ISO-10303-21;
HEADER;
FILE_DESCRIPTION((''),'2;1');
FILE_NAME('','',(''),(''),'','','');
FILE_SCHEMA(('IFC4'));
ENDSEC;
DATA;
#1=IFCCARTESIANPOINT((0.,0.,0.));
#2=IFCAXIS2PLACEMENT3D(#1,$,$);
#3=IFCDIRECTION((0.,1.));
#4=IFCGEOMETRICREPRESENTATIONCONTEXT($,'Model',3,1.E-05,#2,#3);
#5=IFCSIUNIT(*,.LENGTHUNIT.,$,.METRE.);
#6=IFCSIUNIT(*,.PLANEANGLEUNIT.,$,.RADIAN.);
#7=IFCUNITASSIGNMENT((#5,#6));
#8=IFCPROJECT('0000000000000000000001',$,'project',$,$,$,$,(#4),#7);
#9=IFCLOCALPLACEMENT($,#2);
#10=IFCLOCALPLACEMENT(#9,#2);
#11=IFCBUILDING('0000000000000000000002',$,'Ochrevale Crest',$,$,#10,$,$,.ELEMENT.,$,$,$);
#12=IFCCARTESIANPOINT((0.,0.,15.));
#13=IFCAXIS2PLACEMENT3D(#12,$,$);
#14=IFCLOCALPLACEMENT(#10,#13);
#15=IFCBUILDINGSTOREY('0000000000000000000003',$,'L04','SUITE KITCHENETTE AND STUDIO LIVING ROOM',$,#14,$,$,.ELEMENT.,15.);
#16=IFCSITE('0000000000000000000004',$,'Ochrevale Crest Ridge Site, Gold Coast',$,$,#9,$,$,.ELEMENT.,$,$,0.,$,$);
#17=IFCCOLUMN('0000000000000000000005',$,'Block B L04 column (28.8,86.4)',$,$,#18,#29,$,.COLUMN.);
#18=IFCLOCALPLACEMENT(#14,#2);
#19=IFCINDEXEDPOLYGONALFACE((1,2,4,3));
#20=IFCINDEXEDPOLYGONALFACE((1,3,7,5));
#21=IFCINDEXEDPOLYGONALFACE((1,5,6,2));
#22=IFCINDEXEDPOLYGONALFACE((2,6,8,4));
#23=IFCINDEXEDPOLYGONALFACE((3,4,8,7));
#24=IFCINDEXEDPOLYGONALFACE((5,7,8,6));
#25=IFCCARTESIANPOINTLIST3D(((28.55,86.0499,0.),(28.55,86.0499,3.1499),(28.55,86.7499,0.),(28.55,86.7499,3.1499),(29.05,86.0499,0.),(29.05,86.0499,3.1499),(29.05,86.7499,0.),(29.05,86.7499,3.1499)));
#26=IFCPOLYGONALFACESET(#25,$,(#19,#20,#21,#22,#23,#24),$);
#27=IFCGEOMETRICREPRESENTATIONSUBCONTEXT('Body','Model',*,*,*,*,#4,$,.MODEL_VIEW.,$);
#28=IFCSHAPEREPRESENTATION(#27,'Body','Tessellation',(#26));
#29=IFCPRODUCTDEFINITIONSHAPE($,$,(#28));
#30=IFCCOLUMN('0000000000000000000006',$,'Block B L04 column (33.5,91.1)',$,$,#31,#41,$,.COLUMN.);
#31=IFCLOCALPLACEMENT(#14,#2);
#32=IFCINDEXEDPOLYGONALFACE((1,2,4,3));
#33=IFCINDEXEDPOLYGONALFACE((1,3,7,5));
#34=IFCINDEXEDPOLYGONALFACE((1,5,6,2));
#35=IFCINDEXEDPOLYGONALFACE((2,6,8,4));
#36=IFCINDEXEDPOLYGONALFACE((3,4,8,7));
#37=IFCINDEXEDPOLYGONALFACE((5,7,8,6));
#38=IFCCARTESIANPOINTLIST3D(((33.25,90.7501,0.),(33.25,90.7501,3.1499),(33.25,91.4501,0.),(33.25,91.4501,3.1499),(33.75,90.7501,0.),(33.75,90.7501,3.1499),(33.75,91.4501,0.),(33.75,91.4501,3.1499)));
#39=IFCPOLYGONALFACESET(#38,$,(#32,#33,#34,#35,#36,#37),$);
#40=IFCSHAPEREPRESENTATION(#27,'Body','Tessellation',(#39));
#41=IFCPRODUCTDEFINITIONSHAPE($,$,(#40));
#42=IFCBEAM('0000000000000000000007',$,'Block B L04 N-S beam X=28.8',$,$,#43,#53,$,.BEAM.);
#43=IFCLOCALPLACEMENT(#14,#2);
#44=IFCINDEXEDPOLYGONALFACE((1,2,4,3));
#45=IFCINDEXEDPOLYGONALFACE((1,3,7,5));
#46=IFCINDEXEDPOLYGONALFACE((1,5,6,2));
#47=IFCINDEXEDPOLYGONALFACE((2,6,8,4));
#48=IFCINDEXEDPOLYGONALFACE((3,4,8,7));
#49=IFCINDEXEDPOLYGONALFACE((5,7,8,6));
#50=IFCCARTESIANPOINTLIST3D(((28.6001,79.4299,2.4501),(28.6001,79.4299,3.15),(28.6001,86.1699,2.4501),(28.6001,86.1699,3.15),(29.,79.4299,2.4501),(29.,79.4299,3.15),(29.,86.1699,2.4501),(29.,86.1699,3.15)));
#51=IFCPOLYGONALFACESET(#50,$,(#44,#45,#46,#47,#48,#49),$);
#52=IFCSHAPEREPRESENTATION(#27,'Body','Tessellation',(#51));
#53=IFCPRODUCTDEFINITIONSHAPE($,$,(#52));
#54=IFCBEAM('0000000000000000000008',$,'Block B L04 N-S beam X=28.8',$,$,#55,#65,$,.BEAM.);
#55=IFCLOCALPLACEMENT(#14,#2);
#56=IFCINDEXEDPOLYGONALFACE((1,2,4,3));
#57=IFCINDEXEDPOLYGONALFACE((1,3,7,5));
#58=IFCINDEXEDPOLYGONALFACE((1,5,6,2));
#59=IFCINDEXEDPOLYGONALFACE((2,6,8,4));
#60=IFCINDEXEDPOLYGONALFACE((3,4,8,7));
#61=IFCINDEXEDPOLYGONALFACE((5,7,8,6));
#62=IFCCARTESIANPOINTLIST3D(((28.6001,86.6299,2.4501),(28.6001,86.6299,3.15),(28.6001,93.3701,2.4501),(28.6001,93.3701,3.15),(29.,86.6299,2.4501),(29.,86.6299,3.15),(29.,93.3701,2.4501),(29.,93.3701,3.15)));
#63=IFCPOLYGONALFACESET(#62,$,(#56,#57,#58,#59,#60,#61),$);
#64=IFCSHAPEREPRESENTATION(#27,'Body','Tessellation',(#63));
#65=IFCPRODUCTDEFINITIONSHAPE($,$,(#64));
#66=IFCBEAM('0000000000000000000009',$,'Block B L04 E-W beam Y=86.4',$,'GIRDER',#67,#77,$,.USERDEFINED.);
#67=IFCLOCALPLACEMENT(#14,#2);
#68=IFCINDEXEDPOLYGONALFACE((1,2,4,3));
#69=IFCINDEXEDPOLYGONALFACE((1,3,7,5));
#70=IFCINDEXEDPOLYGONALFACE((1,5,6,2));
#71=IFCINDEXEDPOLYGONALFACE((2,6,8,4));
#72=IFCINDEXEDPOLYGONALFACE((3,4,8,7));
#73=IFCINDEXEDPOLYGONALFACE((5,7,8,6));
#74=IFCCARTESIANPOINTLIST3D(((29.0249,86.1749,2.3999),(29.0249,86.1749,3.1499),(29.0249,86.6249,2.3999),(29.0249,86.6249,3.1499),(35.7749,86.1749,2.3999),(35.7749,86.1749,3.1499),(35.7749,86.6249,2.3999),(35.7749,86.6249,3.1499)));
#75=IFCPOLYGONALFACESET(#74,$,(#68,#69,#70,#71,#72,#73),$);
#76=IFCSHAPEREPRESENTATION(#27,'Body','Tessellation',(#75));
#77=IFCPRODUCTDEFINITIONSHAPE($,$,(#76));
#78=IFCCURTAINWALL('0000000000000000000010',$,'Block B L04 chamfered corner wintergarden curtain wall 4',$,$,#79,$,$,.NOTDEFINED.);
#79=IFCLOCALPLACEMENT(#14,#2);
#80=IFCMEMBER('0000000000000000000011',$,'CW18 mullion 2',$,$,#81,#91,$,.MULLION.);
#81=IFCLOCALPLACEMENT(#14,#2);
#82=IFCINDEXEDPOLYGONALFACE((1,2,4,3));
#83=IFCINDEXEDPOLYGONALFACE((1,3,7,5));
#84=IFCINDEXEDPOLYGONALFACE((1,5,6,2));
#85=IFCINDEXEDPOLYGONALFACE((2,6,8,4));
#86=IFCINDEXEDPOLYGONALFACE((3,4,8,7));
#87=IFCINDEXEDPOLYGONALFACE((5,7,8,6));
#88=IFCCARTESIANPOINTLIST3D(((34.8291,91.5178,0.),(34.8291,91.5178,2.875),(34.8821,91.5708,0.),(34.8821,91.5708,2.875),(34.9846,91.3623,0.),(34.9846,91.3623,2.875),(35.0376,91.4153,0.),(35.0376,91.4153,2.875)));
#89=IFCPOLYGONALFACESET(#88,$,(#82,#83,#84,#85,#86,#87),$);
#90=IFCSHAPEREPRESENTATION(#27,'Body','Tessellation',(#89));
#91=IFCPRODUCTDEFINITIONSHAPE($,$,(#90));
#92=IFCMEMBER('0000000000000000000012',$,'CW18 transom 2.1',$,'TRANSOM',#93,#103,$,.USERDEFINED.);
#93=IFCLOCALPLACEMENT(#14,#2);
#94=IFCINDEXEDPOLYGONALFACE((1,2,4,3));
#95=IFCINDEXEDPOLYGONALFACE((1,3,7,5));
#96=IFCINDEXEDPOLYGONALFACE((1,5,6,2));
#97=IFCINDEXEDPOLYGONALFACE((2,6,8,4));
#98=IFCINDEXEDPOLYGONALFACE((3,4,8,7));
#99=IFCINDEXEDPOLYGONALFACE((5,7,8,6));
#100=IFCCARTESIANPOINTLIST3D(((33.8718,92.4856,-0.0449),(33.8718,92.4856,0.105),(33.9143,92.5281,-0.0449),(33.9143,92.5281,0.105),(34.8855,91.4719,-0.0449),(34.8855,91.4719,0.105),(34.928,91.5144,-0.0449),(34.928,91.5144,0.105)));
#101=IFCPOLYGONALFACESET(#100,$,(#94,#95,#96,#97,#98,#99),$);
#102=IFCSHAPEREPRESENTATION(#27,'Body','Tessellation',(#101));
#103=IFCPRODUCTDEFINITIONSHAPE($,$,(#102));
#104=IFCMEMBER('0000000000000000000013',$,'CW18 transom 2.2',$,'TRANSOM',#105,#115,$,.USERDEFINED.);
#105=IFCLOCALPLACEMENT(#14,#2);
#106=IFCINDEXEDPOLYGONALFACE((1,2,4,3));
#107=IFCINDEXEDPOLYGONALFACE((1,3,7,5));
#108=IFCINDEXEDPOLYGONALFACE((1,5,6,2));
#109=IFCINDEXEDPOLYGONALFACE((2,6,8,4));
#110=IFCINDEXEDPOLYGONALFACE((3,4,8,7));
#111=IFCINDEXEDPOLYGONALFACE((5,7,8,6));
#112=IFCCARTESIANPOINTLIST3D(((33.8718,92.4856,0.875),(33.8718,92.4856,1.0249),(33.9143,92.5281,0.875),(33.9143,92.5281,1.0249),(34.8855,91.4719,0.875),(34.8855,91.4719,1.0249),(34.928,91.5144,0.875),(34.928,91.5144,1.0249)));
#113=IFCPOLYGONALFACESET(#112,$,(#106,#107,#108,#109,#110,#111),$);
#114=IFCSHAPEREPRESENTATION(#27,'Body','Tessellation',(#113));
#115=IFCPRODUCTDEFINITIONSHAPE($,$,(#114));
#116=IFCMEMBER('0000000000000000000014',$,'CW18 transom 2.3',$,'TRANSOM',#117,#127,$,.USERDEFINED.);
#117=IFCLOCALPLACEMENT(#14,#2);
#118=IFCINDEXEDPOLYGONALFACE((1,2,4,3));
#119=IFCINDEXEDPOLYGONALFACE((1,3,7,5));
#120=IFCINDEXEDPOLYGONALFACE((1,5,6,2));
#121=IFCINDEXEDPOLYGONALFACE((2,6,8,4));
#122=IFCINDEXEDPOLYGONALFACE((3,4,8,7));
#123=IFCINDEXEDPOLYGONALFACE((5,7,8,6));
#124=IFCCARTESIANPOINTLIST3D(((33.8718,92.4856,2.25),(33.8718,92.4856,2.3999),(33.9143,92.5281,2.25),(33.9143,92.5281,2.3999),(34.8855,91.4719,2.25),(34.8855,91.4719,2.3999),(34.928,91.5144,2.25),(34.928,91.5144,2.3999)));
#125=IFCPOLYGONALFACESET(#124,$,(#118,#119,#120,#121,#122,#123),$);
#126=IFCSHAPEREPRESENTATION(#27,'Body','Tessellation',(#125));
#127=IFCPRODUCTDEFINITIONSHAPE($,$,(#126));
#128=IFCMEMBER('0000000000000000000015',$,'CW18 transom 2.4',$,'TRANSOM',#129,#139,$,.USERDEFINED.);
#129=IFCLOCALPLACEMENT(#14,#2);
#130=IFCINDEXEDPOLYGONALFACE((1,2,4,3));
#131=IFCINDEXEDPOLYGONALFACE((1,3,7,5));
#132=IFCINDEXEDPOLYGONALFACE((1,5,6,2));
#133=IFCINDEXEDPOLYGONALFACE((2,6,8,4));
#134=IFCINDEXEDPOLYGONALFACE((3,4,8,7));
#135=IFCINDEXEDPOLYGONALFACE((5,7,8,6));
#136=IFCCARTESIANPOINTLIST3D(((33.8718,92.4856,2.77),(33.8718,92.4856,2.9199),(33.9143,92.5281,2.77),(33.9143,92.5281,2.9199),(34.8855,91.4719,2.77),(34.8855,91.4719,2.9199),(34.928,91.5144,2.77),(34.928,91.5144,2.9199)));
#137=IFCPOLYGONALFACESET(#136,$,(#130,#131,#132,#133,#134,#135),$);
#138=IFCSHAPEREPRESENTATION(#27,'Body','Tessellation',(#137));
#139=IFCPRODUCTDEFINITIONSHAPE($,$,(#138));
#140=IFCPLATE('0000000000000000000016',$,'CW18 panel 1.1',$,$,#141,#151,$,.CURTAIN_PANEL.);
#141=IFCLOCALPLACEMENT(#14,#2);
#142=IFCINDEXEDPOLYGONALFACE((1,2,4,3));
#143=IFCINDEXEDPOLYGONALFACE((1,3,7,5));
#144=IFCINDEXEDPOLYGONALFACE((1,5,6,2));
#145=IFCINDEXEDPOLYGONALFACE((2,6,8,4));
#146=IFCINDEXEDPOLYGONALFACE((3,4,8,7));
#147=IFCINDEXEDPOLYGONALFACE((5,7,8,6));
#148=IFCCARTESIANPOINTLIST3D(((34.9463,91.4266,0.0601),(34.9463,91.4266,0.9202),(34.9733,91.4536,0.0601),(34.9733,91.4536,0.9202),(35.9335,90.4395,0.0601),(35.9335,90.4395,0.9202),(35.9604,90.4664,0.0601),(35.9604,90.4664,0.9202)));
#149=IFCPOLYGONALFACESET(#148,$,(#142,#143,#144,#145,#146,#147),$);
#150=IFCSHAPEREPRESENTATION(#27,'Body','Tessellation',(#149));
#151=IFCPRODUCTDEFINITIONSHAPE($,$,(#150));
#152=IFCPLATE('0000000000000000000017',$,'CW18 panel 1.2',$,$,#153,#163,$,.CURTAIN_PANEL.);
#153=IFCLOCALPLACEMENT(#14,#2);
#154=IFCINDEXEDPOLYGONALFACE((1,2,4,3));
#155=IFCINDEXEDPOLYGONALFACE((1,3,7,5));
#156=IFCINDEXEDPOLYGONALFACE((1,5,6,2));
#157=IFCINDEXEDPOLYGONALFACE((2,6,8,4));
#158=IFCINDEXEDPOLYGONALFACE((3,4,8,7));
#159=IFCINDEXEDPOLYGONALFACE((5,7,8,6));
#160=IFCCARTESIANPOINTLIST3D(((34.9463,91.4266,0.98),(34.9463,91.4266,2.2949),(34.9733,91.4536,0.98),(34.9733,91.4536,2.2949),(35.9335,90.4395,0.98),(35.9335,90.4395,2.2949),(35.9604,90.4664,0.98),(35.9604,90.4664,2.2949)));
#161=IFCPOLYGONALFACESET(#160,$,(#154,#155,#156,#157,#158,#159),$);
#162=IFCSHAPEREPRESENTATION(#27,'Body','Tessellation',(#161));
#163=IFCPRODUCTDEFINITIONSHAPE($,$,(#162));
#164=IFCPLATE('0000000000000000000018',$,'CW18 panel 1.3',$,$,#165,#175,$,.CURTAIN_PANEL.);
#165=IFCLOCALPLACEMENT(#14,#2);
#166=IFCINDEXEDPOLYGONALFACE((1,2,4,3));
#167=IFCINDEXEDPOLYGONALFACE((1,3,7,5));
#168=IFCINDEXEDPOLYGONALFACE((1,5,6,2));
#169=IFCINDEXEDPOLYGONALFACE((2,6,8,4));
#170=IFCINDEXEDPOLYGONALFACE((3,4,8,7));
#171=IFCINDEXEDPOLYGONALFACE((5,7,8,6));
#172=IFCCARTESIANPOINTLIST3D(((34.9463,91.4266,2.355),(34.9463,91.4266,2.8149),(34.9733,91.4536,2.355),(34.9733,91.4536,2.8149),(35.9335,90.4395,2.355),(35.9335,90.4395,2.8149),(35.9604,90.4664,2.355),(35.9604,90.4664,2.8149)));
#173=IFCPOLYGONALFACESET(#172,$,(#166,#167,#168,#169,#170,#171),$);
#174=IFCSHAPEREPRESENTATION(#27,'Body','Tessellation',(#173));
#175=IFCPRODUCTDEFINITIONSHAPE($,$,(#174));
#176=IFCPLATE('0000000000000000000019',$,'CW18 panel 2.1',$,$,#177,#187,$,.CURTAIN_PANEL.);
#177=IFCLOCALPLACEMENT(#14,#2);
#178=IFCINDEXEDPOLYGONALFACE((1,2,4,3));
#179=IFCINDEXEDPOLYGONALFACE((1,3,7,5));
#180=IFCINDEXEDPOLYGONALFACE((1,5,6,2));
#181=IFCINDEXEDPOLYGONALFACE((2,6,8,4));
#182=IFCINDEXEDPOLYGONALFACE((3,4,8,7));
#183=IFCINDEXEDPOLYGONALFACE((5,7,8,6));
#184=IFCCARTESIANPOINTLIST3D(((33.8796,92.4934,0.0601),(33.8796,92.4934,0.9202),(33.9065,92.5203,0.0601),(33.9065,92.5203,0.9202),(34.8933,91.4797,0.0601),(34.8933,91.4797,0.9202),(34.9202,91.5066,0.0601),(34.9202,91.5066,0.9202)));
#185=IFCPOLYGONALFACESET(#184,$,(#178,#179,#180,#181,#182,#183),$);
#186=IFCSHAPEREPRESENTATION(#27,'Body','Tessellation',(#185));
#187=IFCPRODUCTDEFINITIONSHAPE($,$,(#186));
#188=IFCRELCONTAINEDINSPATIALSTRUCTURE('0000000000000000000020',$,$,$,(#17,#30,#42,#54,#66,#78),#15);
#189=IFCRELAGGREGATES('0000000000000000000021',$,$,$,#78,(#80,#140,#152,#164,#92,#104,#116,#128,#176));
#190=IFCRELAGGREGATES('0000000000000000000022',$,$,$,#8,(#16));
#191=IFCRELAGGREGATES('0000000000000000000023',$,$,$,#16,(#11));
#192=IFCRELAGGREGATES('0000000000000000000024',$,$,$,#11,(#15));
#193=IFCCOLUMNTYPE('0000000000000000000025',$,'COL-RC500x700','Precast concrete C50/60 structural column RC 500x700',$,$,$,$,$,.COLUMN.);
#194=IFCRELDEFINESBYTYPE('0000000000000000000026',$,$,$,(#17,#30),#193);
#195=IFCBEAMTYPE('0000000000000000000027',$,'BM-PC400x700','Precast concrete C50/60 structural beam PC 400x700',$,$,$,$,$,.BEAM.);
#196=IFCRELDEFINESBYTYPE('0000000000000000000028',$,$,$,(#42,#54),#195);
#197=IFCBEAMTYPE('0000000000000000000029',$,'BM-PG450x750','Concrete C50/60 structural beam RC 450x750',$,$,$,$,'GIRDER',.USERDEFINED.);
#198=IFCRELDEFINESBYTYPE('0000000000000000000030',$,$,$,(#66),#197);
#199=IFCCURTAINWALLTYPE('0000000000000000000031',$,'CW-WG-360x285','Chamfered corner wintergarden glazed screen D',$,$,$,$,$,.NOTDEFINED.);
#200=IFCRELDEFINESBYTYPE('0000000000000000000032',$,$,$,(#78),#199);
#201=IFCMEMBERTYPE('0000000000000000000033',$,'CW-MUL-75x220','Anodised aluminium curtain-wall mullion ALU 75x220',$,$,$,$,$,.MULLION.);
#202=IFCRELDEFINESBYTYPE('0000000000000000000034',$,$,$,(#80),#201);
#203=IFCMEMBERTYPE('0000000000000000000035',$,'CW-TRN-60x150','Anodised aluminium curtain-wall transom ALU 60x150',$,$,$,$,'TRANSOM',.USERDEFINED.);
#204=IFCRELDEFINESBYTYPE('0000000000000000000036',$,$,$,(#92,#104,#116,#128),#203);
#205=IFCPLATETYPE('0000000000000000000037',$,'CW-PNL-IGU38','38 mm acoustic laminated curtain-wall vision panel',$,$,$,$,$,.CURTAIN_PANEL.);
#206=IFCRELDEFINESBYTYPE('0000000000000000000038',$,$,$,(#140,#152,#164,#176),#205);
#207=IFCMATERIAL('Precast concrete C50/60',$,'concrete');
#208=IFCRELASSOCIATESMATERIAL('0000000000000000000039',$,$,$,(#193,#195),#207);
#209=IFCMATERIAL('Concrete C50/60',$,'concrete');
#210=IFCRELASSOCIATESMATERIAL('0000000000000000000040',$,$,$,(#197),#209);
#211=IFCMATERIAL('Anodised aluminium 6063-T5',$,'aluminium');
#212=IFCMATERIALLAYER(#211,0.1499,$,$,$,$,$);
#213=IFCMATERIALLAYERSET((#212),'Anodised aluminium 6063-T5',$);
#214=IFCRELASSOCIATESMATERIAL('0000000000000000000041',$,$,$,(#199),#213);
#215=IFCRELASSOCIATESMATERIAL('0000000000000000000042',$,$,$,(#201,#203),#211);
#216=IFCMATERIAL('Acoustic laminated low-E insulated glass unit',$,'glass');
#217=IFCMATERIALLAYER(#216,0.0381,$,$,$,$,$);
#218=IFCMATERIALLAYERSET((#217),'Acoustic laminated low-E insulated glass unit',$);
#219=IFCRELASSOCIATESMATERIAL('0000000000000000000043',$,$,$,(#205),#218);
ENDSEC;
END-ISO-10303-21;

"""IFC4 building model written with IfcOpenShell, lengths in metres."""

from ifc_helpers import new_model, si_unit, direction, frame, origin, origin_2d, place, context, subcontext, project, spatial, rectangle, extrude, material, layer, layer_set, material_profile, profile_set, type_object, element, aggregate, save


model = new_model("IFC4")

# Units and contexts
model_context = context("Model", 3, precision=1e-05, world=origin(), true_north=direction((0.0, 1.0)))
body_context = subcontext(model_context, "Body", "Model", "MODEL_VIEW")
ifc_project = project(units=[si_unit("LENGTHUNIT", "METRE"), si_unit("PLANEANGLEUNIT", "RADIAN")], contexts=[model_context])

# Site, building, storey
site_placement = place(None, origin())
site = spatial("IfcSite", under=ifc_project, at=site_placement, Name="Ochrevale Crest Ridge Site, Gold Coast", CompositionType="ELEMENT", RefElevation=0.0)
building_placement = place(site_placement, origin())
building = spatial("IfcBuilding", under=site, at=building_placement, Name="Ochrevale Crest", CompositionType="ELEMENT")
storey_placement = place(building_placement, frame((0.0, 0.0, 15.0)))
storey = spatial("IfcBuildingStorey", under=building, at=storey_placement, Name="L04", Description="SUITE KITCHENETTE AND STUDIO LIVING ROOM", CompositionType="ELEMENT", Elevation=15.0)

# Columns
ifc_material_1 = material(Name="Precast concrete C50/60", Category="concrete")
ifc_material_profile_1 = material_profile(ifc_material_1, rectangle(XDim=0.5, YDim=0.7, at=origin_2d()), Name="RC 500x700")
ifc_profile_set_1 = profile_set([ifc_material_profile_1], Name="Precast concrete C50/60")
column_type = type_object("IfcColumnType", Name="COL-RC500x700", Description="Precast concrete C50/60 structural column RC 500x700", PredefinedType="COLUMN", material=ifc_profile_set_1)
for number, where, z_axis, x_axis, name in (
    (1, (28.8, 86.3999, 0.0), (0.0, 0.0, 1.0), (1.0, 0.0, 0.0), "Block B L04 column (28.8,86.4)"),
    (2, (33.5, 91.1001, 0.0), (0.0, 0.0, 1.0), (1.0, 0.0, 0.0), "Block B L04 column (33.5,91.1)"),
):
    element("IfcColumn", number, at=place(storey_placement, frame(where, z_axis=z_axis, x_axis=x_axis)), inside=storey, type_object=column_type, Name=name, PredefinedType="COLUMN", context=body_context, shape_type="SweptSolid", body=[
        extrude(rectangle(XDim=0.5, YDim=0.7, at=origin_2d()), origin(), (0.0, 0.0, 1.0), 3.1499),
    ])

# Beams
ifc_material_profile_2 = material_profile(ifc_material_1, rectangle(XDim=0.3999, YDim=0.7, at=origin_2d()), Name="PC 400x700")
ifc_profile_set_2 = profile_set([ifc_material_profile_2], Name="Precast concrete C50/60")
beam_type_1 = type_object("IfcBeamType", Name="BM-PC400x700", Description="Precast concrete C50/60 structural beam PC 400x700", PredefinedType="BEAM", material=ifc_profile_set_2)
beam_1_placement = place(storey_placement, frame((28.8, 79.4299, 2.8), z_axis=(0.0, 1.0, 0.0), x_axis=(-1.0, 0.0, 0.0)))
element("IfcBeam", 3, at=beam_1_placement, inside=storey, type_object=beam_type_1, Name="Block B L04 N-S beam X=28.8", PredefinedType="BEAM", context=body_context, shape_type="SweptSolid", body=[
    extrude(rectangle(XDim=0.3999, YDim=0.7, at=origin_2d()), origin(), (0.0, 0.0, 1.0), 6.74),
])
beam_2_placement = place(storey_placement, frame((28.8, 86.6299, 2.8), z_axis=(0.0, 1.0, 0.0), x_axis=(-1.0, 0.0, 0.0)))
element("IfcBeam", 4, at=beam_2_placement, inside=storey, type_object=beam_type_1, Name="Block B L04 N-S beam X=28.8", PredefinedType="BEAM", context=body_context, shape_type="SweptSolid", body=[
    extrude(rectangle(XDim=0.3999, YDim=0.7, at=origin_2d()), origin(), (0.0, 0.0, 1.0), 6.7402),
])
ifc_material_2 = material(Name="Concrete C50/60", Category="concrete")
ifc_material_profile_3 = material_profile(ifc_material_2, rectangle(XDim=0.45, YDim=0.75, at=origin_2d()), Name="RC 450x750")
ifc_profile_set_3 = profile_set([ifc_material_profile_3], Name="Concrete C50/60")
beam_type_2 = type_object("IfcBeamType", Name="BM-PG450x750", Description="Concrete C50/60 structural beam RC 450x750", ElementType="GIRDER", PredefinedType="USERDEFINED", material=ifc_profile_set_3)
beam_3_placement = place(storey_placement, frame((29.0249, 86.3999, 2.7749), z_axis=(1.0, 0.0, 0.0), x_axis=(0.0, 1.0, 0.0)))
element("IfcBeam", 5, at=beam_3_placement, inside=storey, type_object=beam_type_2, Name="Block B L04 E-W beam Y=86.4", ObjectType="GIRDER", PredefinedType="USERDEFINED", context=body_context, shape_type="SweptSolid", body=[
    extrude(rectangle(XDim=0.45, YDim=0.75, at=origin_2d()), origin(), (0.0, 0.0, 1.0), 6.75),
])

# Curtain wall, members, plates
ifc_material_3 = material(Name="Anodised aluminium 6063-T5", Category="aluminium")
ifc_layer_1 = layer(ifc_material_3, 0.1499)
ifc_layer_set_1 = layer_set([ifc_layer_1], Name="Anodised aluminium 6063-T5")
curtain_wall_type = type_object("IfcCurtainWallType", Name="CW-WG-360x285", Description="Chamfered corner wintergarden glazed screen D", PredefinedType="NOTDEFINED", material=ifc_layer_set_1)
curtain_wall_placement = place(storey_placement, origin())
curtain_wall = element("IfcCurtainWall", 6, at=curtain_wall_placement, inside=storey, type_object=curtain_wall_type, Name="Block B L04 chamfered corner wintergarden curtain wall 4", PredefinedType="NOTDEFINED")
ifc_material_profile_4 = material_profile(ifc_material_3, rectangle(XDim=0.075, YDim=0.22, at=origin_2d()), Name="ALU 75x220")
ifc_profile_set_4 = profile_set([ifc_material_profile_4], Name="Anodised aluminium 6063-T5")
member_type_1 = type_object("IfcMemberType", Name="CW-MUL-75x220", Description="Anodised aluminium curtain-wall mullion ALU 75x220", PredefinedType="MULLION", material=ifc_profile_set_4)
member_1_placement = place(storey_placement, frame((34.9333, 91.4666, 0.0), z_axis=(0.0, 0.0, 1.0), x_axis=(-0.707107, -0.707107, 0.0)))
member_1 = element("IfcMember", 7, at=member_1_placement, type_object=member_type_1, Name="CW18 mullion 2", PredefinedType="MULLION", context=body_context, shape_type="SweptSolid", body=[
    extrude(rectangle(XDim=0.075, YDim=0.22, at=origin_2d()), origin(), (0.0, 0.0, 1.0), 2.875),
])
ifc_material_profile_5 = material_profile(ifc_material_3, rectangle(XDim=0.0601, YDim=0.1499, at=origin_2d()), Name="ALU 60x150")
ifc_profile_set_5 = profile_set([ifc_material_profile_5], Name="Anodised aluminium 6063-T5")
member_type_2 = type_object("IfcMemberType", Name="CW-TRN-60x150", Description="Anodised aluminium curtain-wall transom ALU 60x150", ElementType="TRANSOM", PredefinedType="USERDEFINED", material=ifc_profile_set_5)
member_2_placement = place(storey_placement, frame((34.9067, 91.4932, 0.03), z_axis=(-0.707107, 0.707107, 0.0), x_axis=(-0.707107, -0.707107, 0.0)))
member_2 = element("IfcMember", 8, at=member_2_placement, type_object=member_type_2, Name="CW18 transom 2.1", ObjectType="TRANSOM", PredefinedType="USERDEFINED", context=body_context, shape_type="SweptSolid", body=[
    extrude(rectangle(XDim=0.0601, YDim=0.1499, at=origin_2d()), origin(), (0.0, 0.0, 1.0), 1.4336),
])
member_3_placement = place(storey_placement, frame((34.9067, 91.4932, 0.95), z_axis=(-0.707107, 0.707107, 0.0), x_axis=(-0.707107, -0.707107, 0.0)))
member_3 = element("IfcMember", 9, at=member_3_placement, type_object=member_type_2, Name="CW18 transom 2.2", ObjectType="TRANSOM", PredefinedType="USERDEFINED", context=body_context, shape_type="SweptSolid", body=[
    extrude(rectangle(XDim=0.0601, YDim=0.1499, at=origin_2d()), origin(), (0.0, 0.0, 1.0), 1.4336),
])
member_4_placement = place(storey_placement, frame((34.9067, 91.4932, 2.325), z_axis=(-0.707107, 0.707107, 0.0), x_axis=(-0.707107, -0.707107, 0.0)))
member_4 = element("IfcMember", 10, at=member_4_placement, type_object=member_type_2, Name="CW18 transom 2.3", ObjectType="TRANSOM", PredefinedType="USERDEFINED", context=body_context, shape_type="SweptSolid", body=[
    extrude(rectangle(XDim=0.0601, YDim=0.1499, at=origin_2d()), origin(), (0.0, 0.0, 1.0), 1.4336),
])
member_5_placement = place(storey_placement, frame((34.9067, 91.4932, 2.845), z_axis=(-0.707107, 0.707107, 0.0), x_axis=(-0.707107, -0.707107, 0.0)))
member_5 = element("IfcMember", 11, at=member_5_placement, type_object=member_type_2, Name="CW18 transom 2.4", ObjectType="TRANSOM", PredefinedType="USERDEFINED", context=body_context, shape_type="SweptSolid", body=[
    extrude(rectangle(XDim=0.0601, YDim=0.1499, at=origin_2d()), origin(), (0.0, 0.0, 1.0), 1.4336),
])
ifc_material_4 = material(Name="Acoustic laminated low-E insulated glass unit", Category="glass")
ifc_layer_2 = layer(ifc_material_4, 0.0381)
ifc_layer_set_2 = layer_set([ifc_layer_2], Name="Acoustic laminated low-E insulated glass unit")
plate_type = type_object("IfcPlateType", Name="CW-PNL-IGU38", Description="38 mm acoustic laminated curtain-wall vision panel", PredefinedType="CURTAIN_PANEL", material=ifc_layer_set_2)
plate_1_placement = place(storey_placement, frame((35.4534, 90.9465, 0.0601), z_axis=(0.0, 0.0, 1.0), x_axis=(-0.707107, 0.707107, 0.0)))
plate_1 = element("IfcPlate", 12, at=plate_1_placement, type_object=plate_type, Name="CW18 panel 1.1", PredefinedType="CURTAIN_PANEL", context=body_context, shape_type="SweptSolid", body=[
    extrude(rectangle(XDim=1.396, YDim=0.0381, at=origin_2d()), origin(), (0.0, 0.0, 1.0), 0.8601),
])
plate_2_placement = place(storey_placement, frame((35.4534, 90.9465, 0.98), z_axis=(0.0, 0.0, 1.0), x_axis=(-0.707107, 0.707107, 0.0)))
plate_2 = element("IfcPlate", 13, at=plate_2_placement, type_object=plate_type, Name="CW18 panel 1.2", PredefinedType="CURTAIN_PANEL", context=body_context, shape_type="SweptSolid", body=[
    extrude(rectangle(XDim=1.396, YDim=0.0381, at=origin_2d()), origin(), (0.0, 0.0, 1.0), 1.3149),
])
plate_3_placement = place(storey_placement, frame((35.4534, 90.9465, 2.355), z_axis=(0.0, 0.0, 1.0), x_axis=(-0.707107, 0.707107, 0.0)))
plate_3 = element("IfcPlate", 14, at=plate_3_placement, type_object=plate_type, Name="CW18 panel 1.3", PredefinedType="CURTAIN_PANEL", context=body_context, shape_type="SweptSolid", body=[
    extrude(rectangle(XDim=1.396, YDim=0.0381, at=origin_2d()), origin(), (0.0, 0.0, 1.0), 0.46),
])
plate_4_placement = place(storey_placement, frame((34.3999, 92.0, 0.0601), z_axis=(0.0, 0.0, 1.0), x_axis=(-0.707107, 0.707107, 0.0)))
plate_4 = element("IfcPlate", 15, at=plate_4_placement, type_object=plate_type, Name="CW18 panel 2.1", PredefinedType="CURTAIN_PANEL", context=body_context, shape_type="SweptSolid", body=[
    extrude(rectangle(XDim=1.4336, YDim=0.0381, at=origin_2d()), origin(), (0.0, 0.0, 1.0), 0.8601),
])
aggregate(curtain_wall, [member_1, plate_1, plate_2, plate_3, member_2, member_3, member_4, member_5, plate_4])

save(model, "model.ifc")
